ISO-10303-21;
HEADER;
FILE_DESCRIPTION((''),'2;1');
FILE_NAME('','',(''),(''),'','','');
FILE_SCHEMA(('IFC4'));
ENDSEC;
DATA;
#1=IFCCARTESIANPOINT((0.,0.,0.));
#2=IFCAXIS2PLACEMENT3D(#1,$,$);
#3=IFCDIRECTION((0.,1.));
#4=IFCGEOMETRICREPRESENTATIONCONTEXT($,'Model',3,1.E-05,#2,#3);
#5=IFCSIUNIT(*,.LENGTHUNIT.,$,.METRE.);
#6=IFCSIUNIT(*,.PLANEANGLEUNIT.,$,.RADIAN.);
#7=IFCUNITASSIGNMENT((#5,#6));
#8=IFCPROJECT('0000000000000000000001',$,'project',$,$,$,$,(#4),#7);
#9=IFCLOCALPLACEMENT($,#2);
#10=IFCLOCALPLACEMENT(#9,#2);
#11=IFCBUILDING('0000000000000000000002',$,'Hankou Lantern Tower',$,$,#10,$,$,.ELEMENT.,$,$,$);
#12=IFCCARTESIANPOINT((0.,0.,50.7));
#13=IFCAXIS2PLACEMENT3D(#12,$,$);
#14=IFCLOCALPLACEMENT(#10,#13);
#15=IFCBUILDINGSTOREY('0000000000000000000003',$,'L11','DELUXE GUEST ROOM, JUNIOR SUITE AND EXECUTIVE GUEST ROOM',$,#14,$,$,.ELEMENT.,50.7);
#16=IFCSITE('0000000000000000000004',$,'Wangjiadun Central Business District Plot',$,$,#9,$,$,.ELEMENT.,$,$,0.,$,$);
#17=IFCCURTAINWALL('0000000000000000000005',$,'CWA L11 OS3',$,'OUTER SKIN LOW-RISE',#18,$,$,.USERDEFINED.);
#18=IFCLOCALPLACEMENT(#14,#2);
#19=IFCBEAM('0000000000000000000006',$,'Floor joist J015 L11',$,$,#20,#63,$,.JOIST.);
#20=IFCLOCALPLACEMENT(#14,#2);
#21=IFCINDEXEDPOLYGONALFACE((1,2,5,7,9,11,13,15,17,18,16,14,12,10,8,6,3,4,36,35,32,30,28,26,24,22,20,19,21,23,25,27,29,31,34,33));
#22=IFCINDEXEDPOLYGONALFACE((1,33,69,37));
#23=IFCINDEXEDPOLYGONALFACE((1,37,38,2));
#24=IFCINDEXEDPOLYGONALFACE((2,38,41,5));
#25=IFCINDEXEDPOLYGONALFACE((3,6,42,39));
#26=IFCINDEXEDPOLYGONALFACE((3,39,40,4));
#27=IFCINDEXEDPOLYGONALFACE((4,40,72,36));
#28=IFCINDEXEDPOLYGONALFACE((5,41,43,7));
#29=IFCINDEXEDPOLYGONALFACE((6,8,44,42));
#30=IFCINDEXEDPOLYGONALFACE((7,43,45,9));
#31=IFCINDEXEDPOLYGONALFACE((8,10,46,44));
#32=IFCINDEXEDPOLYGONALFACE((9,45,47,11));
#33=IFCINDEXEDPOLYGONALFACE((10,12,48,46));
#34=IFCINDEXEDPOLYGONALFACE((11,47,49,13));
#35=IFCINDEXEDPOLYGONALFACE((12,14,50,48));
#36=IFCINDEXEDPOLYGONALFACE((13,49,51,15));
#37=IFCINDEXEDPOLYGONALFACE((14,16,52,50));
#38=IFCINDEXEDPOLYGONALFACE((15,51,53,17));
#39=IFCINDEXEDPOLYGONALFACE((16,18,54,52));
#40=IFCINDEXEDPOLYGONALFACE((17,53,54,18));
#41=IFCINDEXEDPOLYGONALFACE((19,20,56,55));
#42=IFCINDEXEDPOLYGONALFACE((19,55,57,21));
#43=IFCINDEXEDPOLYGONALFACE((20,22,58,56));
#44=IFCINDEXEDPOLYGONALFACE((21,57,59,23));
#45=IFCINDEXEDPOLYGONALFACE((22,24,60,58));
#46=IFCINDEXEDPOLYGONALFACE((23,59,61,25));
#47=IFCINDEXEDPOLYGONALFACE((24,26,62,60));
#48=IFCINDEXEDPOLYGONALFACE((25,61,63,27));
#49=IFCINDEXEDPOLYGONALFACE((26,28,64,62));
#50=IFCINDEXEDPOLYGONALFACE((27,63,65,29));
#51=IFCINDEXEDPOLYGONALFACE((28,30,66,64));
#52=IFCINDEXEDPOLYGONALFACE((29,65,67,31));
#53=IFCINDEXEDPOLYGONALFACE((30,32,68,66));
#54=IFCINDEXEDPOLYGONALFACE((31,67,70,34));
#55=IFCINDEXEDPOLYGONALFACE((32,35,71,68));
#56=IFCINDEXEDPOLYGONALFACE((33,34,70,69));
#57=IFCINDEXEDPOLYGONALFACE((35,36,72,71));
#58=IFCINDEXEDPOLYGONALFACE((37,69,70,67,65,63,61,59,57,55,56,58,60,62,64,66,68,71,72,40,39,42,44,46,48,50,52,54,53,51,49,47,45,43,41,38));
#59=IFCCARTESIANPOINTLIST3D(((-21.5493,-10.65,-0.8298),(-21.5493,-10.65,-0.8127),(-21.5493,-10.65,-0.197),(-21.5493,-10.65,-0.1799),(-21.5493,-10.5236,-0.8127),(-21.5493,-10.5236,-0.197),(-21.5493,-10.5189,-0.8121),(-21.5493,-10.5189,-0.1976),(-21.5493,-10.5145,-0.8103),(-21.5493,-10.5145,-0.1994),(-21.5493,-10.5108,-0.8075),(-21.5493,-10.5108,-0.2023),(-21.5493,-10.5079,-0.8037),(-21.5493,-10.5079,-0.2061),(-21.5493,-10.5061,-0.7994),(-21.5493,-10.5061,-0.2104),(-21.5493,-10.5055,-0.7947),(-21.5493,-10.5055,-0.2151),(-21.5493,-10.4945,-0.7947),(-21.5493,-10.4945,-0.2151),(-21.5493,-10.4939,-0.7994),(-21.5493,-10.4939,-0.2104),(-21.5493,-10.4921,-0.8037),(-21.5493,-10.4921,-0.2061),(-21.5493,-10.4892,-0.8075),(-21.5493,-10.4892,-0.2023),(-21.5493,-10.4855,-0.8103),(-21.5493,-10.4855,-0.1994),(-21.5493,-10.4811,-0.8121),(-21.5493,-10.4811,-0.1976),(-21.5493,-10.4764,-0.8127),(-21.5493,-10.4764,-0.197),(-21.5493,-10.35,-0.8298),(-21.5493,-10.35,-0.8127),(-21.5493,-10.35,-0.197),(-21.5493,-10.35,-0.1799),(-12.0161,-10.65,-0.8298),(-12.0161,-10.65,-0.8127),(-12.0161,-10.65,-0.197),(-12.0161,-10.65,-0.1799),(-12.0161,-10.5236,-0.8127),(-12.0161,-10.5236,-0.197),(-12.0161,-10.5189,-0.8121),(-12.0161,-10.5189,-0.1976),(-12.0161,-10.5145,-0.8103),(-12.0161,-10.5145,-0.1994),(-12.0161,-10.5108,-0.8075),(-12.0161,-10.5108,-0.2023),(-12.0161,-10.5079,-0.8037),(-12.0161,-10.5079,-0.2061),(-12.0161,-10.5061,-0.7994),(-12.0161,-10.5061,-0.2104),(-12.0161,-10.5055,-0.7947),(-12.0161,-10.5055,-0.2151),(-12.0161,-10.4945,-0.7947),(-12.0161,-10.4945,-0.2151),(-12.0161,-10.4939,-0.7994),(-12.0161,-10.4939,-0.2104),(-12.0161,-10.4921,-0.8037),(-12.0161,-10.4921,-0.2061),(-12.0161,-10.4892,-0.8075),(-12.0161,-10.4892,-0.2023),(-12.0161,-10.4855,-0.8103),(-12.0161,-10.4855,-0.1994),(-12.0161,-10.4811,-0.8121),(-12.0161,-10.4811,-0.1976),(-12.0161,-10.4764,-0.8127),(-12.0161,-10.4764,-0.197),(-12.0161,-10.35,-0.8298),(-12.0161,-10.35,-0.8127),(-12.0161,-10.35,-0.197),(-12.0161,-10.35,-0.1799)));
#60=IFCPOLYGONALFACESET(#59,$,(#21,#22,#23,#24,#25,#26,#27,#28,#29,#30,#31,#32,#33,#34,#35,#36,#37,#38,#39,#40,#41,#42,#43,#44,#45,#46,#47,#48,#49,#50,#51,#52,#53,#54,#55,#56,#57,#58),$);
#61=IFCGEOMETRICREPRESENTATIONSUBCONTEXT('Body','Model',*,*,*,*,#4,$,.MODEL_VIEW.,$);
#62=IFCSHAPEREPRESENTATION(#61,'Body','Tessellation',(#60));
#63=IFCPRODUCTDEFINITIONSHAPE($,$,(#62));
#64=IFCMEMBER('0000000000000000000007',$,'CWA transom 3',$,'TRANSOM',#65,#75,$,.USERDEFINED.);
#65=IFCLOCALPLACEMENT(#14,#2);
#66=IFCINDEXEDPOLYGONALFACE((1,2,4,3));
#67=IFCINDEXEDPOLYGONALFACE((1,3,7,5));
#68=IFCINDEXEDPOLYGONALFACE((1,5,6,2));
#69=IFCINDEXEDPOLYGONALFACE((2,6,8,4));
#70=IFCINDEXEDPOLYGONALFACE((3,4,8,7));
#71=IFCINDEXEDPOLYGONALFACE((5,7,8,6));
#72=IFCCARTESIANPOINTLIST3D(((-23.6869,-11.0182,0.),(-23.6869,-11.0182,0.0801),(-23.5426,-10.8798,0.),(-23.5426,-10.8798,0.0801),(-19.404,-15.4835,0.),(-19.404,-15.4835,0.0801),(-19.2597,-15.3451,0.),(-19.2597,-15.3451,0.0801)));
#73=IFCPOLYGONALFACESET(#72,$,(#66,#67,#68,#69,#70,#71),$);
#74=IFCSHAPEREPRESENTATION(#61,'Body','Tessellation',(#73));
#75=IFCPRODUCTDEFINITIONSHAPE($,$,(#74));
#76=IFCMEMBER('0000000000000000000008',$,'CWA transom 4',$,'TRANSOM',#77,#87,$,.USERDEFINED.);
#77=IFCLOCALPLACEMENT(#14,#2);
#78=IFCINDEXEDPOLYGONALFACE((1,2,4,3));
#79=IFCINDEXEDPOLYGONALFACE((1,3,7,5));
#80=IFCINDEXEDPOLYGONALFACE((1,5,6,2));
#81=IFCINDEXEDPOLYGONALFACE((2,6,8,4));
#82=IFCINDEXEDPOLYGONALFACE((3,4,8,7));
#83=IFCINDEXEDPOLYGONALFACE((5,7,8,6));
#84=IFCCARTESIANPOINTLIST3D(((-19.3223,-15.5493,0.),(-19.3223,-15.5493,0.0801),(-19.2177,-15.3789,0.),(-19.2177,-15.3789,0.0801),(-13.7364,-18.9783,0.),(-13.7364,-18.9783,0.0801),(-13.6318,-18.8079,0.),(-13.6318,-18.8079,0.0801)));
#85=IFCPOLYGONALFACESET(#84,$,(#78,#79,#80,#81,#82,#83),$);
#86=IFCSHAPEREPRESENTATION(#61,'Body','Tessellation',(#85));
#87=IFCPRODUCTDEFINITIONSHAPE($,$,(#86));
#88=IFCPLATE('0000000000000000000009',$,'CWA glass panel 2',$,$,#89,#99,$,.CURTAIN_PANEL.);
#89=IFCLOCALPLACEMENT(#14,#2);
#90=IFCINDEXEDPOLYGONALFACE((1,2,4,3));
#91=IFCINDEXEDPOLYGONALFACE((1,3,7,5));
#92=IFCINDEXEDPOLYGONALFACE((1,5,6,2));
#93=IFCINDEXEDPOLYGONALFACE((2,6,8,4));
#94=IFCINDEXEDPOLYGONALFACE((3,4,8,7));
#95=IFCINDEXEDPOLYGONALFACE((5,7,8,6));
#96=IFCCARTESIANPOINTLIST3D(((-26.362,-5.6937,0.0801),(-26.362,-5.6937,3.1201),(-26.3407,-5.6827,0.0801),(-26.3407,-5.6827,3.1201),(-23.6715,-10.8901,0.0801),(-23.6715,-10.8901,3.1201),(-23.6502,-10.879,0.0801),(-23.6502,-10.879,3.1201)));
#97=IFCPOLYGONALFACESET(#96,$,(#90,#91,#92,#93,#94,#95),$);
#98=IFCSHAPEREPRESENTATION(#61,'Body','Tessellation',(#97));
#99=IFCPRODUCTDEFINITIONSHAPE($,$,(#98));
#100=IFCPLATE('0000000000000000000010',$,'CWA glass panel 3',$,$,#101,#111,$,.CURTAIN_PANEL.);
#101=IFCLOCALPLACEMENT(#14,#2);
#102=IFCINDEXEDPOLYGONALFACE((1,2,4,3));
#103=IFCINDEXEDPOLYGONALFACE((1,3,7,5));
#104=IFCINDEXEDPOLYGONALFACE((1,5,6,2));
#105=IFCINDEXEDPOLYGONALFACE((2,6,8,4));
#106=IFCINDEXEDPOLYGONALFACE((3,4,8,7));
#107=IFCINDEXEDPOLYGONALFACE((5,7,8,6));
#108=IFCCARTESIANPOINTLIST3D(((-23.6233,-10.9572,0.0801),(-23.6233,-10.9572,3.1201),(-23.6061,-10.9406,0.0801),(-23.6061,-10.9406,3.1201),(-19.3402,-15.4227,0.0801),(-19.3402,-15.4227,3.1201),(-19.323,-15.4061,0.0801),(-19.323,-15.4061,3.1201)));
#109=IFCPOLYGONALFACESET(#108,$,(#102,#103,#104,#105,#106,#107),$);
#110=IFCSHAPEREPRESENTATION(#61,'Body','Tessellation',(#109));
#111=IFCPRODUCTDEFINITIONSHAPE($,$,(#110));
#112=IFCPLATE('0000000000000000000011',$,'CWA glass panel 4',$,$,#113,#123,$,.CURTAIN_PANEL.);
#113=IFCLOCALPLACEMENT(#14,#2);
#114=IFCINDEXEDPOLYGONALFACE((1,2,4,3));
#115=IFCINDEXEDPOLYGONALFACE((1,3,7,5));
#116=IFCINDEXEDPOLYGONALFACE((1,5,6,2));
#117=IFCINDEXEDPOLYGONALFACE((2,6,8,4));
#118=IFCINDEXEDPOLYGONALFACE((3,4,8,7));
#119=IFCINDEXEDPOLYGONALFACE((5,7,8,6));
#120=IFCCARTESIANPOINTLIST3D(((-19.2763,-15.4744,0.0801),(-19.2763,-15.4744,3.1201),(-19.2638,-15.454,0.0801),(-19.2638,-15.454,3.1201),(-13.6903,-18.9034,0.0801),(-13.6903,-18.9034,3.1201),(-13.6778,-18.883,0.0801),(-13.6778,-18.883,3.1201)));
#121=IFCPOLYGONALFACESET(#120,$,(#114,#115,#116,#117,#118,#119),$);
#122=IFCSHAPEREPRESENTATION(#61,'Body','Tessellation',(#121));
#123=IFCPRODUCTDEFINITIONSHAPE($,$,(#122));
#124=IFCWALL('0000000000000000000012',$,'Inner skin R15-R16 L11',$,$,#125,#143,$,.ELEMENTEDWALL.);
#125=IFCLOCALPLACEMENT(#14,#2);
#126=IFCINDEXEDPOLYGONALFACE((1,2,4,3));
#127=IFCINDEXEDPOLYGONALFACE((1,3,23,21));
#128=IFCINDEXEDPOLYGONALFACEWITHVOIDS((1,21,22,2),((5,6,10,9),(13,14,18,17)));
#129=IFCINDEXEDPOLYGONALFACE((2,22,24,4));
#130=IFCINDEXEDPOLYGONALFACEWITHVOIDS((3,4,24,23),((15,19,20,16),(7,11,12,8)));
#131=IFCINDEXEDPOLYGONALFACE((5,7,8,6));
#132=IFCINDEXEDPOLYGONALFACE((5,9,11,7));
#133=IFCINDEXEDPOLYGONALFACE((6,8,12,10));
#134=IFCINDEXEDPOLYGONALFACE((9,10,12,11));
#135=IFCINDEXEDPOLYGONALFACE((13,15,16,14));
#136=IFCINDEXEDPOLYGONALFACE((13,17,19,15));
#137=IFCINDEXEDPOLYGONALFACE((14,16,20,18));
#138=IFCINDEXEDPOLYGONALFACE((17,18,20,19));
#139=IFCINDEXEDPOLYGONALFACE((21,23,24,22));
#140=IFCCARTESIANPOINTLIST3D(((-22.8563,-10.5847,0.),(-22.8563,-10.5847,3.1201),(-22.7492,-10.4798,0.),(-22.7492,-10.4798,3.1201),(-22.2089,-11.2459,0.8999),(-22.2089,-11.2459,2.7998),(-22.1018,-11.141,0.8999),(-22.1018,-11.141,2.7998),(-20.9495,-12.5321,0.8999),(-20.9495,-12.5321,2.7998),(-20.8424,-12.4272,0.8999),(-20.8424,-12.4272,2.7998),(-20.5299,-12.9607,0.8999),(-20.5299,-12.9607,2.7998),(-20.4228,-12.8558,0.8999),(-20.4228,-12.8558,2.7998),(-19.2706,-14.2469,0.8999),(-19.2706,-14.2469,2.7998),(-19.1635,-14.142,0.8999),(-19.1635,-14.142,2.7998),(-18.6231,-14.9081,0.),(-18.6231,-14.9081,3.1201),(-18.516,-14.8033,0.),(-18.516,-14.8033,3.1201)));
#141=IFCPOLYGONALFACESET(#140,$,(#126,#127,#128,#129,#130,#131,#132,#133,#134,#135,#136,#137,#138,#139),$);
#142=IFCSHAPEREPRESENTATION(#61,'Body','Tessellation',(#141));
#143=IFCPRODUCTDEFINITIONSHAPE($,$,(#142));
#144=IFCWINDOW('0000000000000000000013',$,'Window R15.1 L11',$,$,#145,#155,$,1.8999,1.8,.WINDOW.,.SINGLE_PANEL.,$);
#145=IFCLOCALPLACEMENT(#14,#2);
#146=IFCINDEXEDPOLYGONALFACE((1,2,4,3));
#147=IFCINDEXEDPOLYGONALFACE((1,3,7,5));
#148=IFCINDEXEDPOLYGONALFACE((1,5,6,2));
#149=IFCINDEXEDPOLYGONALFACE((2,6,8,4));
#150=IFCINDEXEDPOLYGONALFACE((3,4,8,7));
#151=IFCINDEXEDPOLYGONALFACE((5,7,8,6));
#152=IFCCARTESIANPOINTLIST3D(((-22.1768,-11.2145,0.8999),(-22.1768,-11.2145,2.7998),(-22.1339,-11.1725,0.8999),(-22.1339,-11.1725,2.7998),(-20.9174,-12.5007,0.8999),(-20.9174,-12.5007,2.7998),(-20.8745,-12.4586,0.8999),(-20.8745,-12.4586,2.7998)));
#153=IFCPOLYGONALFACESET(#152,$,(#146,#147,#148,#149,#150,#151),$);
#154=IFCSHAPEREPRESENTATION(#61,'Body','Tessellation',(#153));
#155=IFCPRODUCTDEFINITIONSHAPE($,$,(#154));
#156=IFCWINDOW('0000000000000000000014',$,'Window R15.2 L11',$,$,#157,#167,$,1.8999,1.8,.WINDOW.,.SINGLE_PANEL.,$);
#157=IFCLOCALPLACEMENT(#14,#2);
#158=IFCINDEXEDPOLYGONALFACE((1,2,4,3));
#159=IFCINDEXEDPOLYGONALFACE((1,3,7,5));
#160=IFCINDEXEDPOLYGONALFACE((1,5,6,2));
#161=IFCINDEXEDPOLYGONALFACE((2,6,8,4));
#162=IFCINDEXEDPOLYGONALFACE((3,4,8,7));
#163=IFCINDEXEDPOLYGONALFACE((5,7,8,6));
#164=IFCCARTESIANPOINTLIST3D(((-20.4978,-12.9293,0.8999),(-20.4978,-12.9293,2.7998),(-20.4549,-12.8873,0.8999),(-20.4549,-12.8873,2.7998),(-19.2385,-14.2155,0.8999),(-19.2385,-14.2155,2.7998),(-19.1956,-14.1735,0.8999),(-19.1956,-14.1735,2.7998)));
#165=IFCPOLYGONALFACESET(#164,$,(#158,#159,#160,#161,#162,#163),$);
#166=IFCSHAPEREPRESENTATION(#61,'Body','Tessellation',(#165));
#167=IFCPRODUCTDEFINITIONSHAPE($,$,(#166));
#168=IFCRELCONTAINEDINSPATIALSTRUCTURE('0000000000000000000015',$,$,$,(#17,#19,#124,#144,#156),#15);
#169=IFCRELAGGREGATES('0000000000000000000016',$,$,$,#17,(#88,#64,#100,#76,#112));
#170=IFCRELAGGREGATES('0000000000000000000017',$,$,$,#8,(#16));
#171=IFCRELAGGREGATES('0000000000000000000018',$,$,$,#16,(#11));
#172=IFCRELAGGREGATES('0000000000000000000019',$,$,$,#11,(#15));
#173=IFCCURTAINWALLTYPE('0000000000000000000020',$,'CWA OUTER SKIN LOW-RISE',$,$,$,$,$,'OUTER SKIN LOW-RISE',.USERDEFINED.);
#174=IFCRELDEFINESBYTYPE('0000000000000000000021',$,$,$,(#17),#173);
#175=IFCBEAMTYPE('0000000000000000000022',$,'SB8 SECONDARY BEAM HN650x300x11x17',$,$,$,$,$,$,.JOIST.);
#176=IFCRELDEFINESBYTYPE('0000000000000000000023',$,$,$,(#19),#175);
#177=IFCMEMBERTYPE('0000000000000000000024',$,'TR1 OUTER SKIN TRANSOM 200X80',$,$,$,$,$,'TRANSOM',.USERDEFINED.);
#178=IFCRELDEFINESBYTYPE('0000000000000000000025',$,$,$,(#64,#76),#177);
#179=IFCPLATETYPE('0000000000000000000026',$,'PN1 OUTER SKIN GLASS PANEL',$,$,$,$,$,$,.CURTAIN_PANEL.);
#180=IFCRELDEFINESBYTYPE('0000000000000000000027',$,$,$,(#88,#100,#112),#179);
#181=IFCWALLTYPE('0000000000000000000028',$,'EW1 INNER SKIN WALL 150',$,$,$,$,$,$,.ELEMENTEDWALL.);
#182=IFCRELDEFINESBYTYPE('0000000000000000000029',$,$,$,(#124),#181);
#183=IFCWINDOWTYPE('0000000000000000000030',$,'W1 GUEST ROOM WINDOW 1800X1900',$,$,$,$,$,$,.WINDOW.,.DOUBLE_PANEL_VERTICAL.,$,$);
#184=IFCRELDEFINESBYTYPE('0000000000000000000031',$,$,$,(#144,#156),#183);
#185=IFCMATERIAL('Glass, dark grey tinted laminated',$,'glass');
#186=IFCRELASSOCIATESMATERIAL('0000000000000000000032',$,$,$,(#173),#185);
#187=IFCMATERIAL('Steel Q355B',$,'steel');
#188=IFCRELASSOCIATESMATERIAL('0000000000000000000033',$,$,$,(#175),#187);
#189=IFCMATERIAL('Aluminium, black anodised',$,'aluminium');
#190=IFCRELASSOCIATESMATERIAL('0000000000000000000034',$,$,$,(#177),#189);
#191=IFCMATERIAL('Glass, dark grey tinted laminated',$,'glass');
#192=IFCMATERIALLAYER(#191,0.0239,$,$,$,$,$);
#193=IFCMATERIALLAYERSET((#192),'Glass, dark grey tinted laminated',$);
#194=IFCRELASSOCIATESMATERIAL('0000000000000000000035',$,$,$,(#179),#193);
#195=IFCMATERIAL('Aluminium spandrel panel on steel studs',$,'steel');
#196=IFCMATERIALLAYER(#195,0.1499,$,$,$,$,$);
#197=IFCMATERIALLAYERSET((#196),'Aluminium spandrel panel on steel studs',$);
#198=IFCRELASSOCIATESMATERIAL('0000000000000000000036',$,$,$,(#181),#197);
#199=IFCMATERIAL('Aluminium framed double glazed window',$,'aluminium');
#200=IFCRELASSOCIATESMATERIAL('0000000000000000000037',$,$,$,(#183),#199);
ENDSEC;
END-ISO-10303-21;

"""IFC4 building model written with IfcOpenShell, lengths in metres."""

from ifc_helpers import new_model, si_unit, direction, frame, frame_2d, origin, origin_2d, place, context, subcontext, project, spatial, rectangle, i_section, extrude, material, layer, layer_set, material_profile, profile_set, type_object, element, fill, aggregate, save


model = new_model("IFC4")

# Units and contexts
model_context = context("Model", 3, precision=1e-05, world=origin(), true_north=direction((0.0, 1.0)))
body_context = subcontext(model_context, "Body", "Model", "MODEL_VIEW")
ifc_project = project(units=[si_unit("LENGTHUNIT", "METRE"), si_unit("PLANEANGLEUNIT", "RADIAN")], contexts=[model_context])

# Site, building, storey
site_placement = place(None, origin())
site = spatial("IfcSite", under=ifc_project, at=site_placement, Name="Wangjiadun Central Business District Plot", CompositionType="ELEMENT", RefElevation=0.0)
building_placement = place(site_placement, origin())
building = spatial("IfcBuilding", under=site, at=building_placement, Name="Hankou Lantern Tower", CompositionType="ELEMENT")
storey_placement = place(building_placement, frame((0.0, 0.0, 50.7)))
storey = spatial("IfcBuildingStorey", under=building, at=storey_placement, Name="L11", Description="DELUXE GUEST ROOM, JUNIOR SUITE AND EXECUTIVE GUEST ROOM", CompositionType="ELEMENT", Elevation=50.7)

# Curtain wall
ifc_material_1 = material(Name="Glass, dark grey tinted laminated", Category="glass")
curtain_wall_type = type_object("IfcCurtainWallType", Name="CWA OUTER SKIN LOW-RISE", ElementType="OUTER SKIN LOW-RISE", PredefinedType="USERDEFINED", material=ifc_material_1)
curtain_wall_placement = place(storey_placement, origin())
curtain_wall = element("IfcCurtainWall", 1, at=curtain_wall_placement, inside=storey, type_object=curtain_wall_type, Name="CWA L11 OS3", ObjectType="OUTER SKIN LOW-RISE", PredefinedType="USERDEFINED")

# Beam
ifc_material_2 = material(Name="Steel Q355B", Category="steel")
ifc_material_profile_1 = material_profile(ifc_material_2, i_section(OverallWidth=0.3, OverallDepth=0.6499, WebThickness=0.011, FlangeThickness=0.0171, FilletRadius=0.0181, at=origin_2d()), Name="HN650x300x11x17")
ifc_profile_set_1 = profile_set([ifc_material_profile_1], Name="Steel Q355B")
beam_type_1 = type_object("IfcBeamType", Name="SB8 SECONDARY BEAM HN650x300x11x17", PredefinedType="JOIST", material=ifc_profile_set_1)
beam_1_placement = place(storey_placement, frame((-21.5493, -10.5, -0.5049), z_axis=(1.0, 0.0, 0.0), x_axis=(0.0, 1.0, 0.0)))
element("IfcBeam", 2, at=beam_1_placement, inside=storey, type_object=beam_type_1, Name="Floor joist J015 L11", PredefinedType="JOIST", context=body_context, shape_type="SweptSolid", body=[
    extrude(i_section(OverallWidth=0.3, OverallDepth=0.6499, WebThickness=0.011, FlangeThickness=0.0171, FilletRadius=0.0181, at=origin_2d()), origin(), (0.0, 0.0, 1.0), 9.5332),
])

# Members
ifc_material_3 = material(Name="Aluminium, black anodised", Category="aluminium")
ifc_material_profile_2 = material_profile(ifc_material_3, rectangle(XDim=0.2, YDim=0.0801, at=origin_2d()), Name="TR1 200X80")
ifc_profile_set_2 = profile_set([ifc_material_profile_2], Name="Aluminium, black anodised")
member_type_1 = type_object("IfcMemberType", Name="TR1 OUTER SKIN TRANSOM 200X80", ElementType="TRANSOM", PredefinedType="USERDEFINED", material=ifc_profile_set_2)
member_1_placement = place(storey_placement, frame((-23.6147, -10.949, 0.04), z_axis=(0.692216, -0.721691, 0.0), x_axis=(0.721691, 0.692216, 0.0)))
member_1 = element("IfcMember", 3, at=member_1_placement, type_object=member_type_1, Name="CWA transom 3", ObjectType="TRANSOM", PredefinedType="USERDEFINED", context=body_context, shape_type="SweptSolid", body=[
    extrude(rectangle(XDim=0.2, YDim=0.0801, at=origin_2d()), origin(), (0.0, 0.0, 1.0), 6.1873),
])
member_2_placement = place(storey_placement, frame((-19.27, -15.4641, 0.04), z_axis=(0.85224, -0.523152, 0.0), x_axis=(0.523152, 0.85224, 0.0)))
member_2 = element("IfcMember", 4, at=member_2_placement, type_object=member_type_1, Name="CWA transom 4", ObjectType="TRANSOM", PredefinedType="USERDEFINED", context=body_context, shape_type="SweptSolid", body=[
    extrude(rectangle(XDim=0.2, YDim=0.0801, at=origin_2d()), origin(), (0.0, 0.0, 1.0), 6.5544),
])

# Plates
ifc_material_4 = material(Name="Glass, dark grey tinted laminated", Category="glass")
ifc_layer_1 = layer(ifc_material_4, 0.0239)
ifc_layer_set_1 = layer_set([ifc_layer_1], Name="Glass, dark grey tinted laminated")
plate_type = type_object("IfcPlateType", Name="PN1 OUTER SKIN GLASS PANEL", PredefinedType="CURTAIN_PANEL", material=ifc_layer_set_1)
plate_1_placement = place(storey_placement, frame((-25.0061, -8.2864, 0.0801), z_axis=(0.0, 0.0, 1.0), x_axis=(0.459791, -0.888027, 0.0)))
plate_1 = element("IfcPlate", 5, at=plate_1_placement, type_object=plate_type, Name="CWA glass panel 2", PredefinedType="CURTAIN_PANEL", context=body_context, shape_type="SweptSolid", body=[
    extrude(rectangle(XDim=5.8516, YDim=0.0239, at=origin_2d()), origin(), (0.0, 0.0, 1.0), 3.04),
])
plate_2_placement = place(storey_placement, frame((-21.4731, -13.1816, 0.0801), z_axis=(0.0, 0.0, 1.0), x_axis=(0.692216, -0.721691, 0.0)))
plate_2 = element("IfcPlate", 6, at=plate_2_placement, type_object=plate_type, Name="CWA glass panel 3", PredefinedType="CURTAIN_PANEL", context=body_context, shape_type="SweptSolid", body=[
    extrude(rectangle(XDim=6.1875, YDim=0.0239, at=origin_2d()), origin(), (0.0, 0.0, 1.0), 3.04),
])
plate_3_placement = place(storey_placement, frame((-16.4771, -17.1787, 0.0801), z_axis=(0.0, 0.0, 1.0), x_axis=(0.852237, -0.523156, 0.0)))
plate_3 = element("IfcPlate", 7, at=plate_3_placement, type_object=plate_type, Name="CWA glass panel 4", PredefinedType="CURTAIN_PANEL", context=body_context, shape_type="SweptSolid", body=[
    extrude(rectangle(XDim=6.5544, YDim=0.0239, at=origin_2d()), origin(), (0.0, 0.0, 1.0), 3.04),
])
aggregate(curtain_wall, [plate_1, member_1, plate_2, member_2, plate_3])

# Wall, openings, windows
ifc_material_5 = material(Name="Aluminium spandrel panel on steel studs", Category="steel")
ifc_layer_2 = layer(ifc_material_5, 0.1499)
ifc_layer_set_2 = layer_set([ifc_layer_2], Name="Aluminium spandrel panel on steel studs")
wall_type_1 = type_object("IfcWallType", Name="EW1 INNER SKIN WALL 150", PredefinedType="ELEMENTEDWALL", material=ifc_layer_set_2)
wall_1_placement = place(storey_placement, frame((-22.8027, -10.5322, 0.0), z_axis=(0.0, 0.0, 1.0), x_axis=(0.699603, -0.714532, 0.0)))
wall_1 = element("IfcWall", 8, at=wall_1_placement, inside=storey, type_object=wall_type_1, Name="Inner skin R15-R16 L11", PredefinedType="ELEMENTEDWALL", context=body_context, shape_type="SweptSolid", body=[
    extrude(rectangle(XDim=6.0508, YDim=0.1499, at=frame_2d((3.0254, 0.0))), origin(), (0.0, 0.0, 1.0), 3.1201),
])
opening_1_placement = place(wall_1_placement, frame((0.9255, 0.0, 0.8999)))
opening_1 = element("IfcOpeningElement", 9, at=opening_1_placement, cuts=wall_1, PredefinedType="OPENING", context=body_context, shape_type="SweptSolid", body=[
    extrude(rectangle(XDim=1.8, YDim=1.8999, at=frame_2d((0.8999, 0.95))), frame((0.0, 0.085, 0.0), z_axis=(0.0, -1.0, 0.0), x_axis=(1.0, 0.0, 0.0)), (0.0, 0.0, 1.0), 0.1699),
])
opening_2_placement = place(wall_1_placement, frame((3.3254, 0.0, 0.8999)))
opening_2 = element("IfcOpeningElement", 10, at=opening_2_placement, cuts=wall_1, PredefinedType="OPENING", context=body_context, shape_type="SweptSolid", body=[
    extrude(rectangle(XDim=1.8, YDim=1.8999, at=frame_2d((0.8999, 0.95))), frame((0.0, 0.085, 0.0), z_axis=(0.0, -1.0, 0.0), x_axis=(1.0, 0.0, 0.0)), (0.0, 0.0, 1.0), 0.1699),
])
ifc_material_6 = material(Name="Aluminium framed double glazed window", Category="aluminium")
window_type = type_object("IfcWindowType", Name="W1 GUEST ROOM WINDOW 1800X1900", PartitioningType="DOUBLE_PANEL_VERTICAL", PredefinedType="WINDOW", material=ifc_material_6)
window_1_placement = place(opening_1_placement, origin())
window_1 = element("IfcWindow", 11, at=window_1_placement, inside=storey, type_object=window_type, Name="Window R15.1 L11", OverallHeight=1.8999, OverallWidth=1.8, PartitioningType="SINGLE_PANEL", PredefinedType="WINDOW", context=body_context, shape_type="SweptSolid", body=[
    extrude(rectangle(XDim=1.8, YDim=1.8999, at=frame_2d((0.8999, 0.95))), frame((0.0, 0.03, 0.0), z_axis=(0.0, -1.0, 0.0), x_axis=(1.0, 0.0, 0.0)), (0.0, 0.0, 1.0), 0.0601),
])
fill(opening_1, window_1)
window_2_placement = place(opening_2_placement, origin())
window_2 = element("IfcWindow", 12, at=window_2_placement, inside=storey, type_object=window_type, Name="Window R15.2 L11", OverallHeight=1.8999, OverallWidth=1.8, PartitioningType="SINGLE_PANEL", PredefinedType="WINDOW", context=body_context, shape_type="SweptSolid", body=[
    extrude(rectangle(XDim=1.8, YDim=1.8999, at=frame_2d((0.8999, 0.95))), frame((0.0, 0.03, 0.0), z_axis=(0.0, -1.0, 0.0), x_axis=(1.0, 0.0, 0.0)), (0.0, 0.0, 1.0), 0.0601),
])
fill(opening_2, window_2)

save(model, "model.ifc")
